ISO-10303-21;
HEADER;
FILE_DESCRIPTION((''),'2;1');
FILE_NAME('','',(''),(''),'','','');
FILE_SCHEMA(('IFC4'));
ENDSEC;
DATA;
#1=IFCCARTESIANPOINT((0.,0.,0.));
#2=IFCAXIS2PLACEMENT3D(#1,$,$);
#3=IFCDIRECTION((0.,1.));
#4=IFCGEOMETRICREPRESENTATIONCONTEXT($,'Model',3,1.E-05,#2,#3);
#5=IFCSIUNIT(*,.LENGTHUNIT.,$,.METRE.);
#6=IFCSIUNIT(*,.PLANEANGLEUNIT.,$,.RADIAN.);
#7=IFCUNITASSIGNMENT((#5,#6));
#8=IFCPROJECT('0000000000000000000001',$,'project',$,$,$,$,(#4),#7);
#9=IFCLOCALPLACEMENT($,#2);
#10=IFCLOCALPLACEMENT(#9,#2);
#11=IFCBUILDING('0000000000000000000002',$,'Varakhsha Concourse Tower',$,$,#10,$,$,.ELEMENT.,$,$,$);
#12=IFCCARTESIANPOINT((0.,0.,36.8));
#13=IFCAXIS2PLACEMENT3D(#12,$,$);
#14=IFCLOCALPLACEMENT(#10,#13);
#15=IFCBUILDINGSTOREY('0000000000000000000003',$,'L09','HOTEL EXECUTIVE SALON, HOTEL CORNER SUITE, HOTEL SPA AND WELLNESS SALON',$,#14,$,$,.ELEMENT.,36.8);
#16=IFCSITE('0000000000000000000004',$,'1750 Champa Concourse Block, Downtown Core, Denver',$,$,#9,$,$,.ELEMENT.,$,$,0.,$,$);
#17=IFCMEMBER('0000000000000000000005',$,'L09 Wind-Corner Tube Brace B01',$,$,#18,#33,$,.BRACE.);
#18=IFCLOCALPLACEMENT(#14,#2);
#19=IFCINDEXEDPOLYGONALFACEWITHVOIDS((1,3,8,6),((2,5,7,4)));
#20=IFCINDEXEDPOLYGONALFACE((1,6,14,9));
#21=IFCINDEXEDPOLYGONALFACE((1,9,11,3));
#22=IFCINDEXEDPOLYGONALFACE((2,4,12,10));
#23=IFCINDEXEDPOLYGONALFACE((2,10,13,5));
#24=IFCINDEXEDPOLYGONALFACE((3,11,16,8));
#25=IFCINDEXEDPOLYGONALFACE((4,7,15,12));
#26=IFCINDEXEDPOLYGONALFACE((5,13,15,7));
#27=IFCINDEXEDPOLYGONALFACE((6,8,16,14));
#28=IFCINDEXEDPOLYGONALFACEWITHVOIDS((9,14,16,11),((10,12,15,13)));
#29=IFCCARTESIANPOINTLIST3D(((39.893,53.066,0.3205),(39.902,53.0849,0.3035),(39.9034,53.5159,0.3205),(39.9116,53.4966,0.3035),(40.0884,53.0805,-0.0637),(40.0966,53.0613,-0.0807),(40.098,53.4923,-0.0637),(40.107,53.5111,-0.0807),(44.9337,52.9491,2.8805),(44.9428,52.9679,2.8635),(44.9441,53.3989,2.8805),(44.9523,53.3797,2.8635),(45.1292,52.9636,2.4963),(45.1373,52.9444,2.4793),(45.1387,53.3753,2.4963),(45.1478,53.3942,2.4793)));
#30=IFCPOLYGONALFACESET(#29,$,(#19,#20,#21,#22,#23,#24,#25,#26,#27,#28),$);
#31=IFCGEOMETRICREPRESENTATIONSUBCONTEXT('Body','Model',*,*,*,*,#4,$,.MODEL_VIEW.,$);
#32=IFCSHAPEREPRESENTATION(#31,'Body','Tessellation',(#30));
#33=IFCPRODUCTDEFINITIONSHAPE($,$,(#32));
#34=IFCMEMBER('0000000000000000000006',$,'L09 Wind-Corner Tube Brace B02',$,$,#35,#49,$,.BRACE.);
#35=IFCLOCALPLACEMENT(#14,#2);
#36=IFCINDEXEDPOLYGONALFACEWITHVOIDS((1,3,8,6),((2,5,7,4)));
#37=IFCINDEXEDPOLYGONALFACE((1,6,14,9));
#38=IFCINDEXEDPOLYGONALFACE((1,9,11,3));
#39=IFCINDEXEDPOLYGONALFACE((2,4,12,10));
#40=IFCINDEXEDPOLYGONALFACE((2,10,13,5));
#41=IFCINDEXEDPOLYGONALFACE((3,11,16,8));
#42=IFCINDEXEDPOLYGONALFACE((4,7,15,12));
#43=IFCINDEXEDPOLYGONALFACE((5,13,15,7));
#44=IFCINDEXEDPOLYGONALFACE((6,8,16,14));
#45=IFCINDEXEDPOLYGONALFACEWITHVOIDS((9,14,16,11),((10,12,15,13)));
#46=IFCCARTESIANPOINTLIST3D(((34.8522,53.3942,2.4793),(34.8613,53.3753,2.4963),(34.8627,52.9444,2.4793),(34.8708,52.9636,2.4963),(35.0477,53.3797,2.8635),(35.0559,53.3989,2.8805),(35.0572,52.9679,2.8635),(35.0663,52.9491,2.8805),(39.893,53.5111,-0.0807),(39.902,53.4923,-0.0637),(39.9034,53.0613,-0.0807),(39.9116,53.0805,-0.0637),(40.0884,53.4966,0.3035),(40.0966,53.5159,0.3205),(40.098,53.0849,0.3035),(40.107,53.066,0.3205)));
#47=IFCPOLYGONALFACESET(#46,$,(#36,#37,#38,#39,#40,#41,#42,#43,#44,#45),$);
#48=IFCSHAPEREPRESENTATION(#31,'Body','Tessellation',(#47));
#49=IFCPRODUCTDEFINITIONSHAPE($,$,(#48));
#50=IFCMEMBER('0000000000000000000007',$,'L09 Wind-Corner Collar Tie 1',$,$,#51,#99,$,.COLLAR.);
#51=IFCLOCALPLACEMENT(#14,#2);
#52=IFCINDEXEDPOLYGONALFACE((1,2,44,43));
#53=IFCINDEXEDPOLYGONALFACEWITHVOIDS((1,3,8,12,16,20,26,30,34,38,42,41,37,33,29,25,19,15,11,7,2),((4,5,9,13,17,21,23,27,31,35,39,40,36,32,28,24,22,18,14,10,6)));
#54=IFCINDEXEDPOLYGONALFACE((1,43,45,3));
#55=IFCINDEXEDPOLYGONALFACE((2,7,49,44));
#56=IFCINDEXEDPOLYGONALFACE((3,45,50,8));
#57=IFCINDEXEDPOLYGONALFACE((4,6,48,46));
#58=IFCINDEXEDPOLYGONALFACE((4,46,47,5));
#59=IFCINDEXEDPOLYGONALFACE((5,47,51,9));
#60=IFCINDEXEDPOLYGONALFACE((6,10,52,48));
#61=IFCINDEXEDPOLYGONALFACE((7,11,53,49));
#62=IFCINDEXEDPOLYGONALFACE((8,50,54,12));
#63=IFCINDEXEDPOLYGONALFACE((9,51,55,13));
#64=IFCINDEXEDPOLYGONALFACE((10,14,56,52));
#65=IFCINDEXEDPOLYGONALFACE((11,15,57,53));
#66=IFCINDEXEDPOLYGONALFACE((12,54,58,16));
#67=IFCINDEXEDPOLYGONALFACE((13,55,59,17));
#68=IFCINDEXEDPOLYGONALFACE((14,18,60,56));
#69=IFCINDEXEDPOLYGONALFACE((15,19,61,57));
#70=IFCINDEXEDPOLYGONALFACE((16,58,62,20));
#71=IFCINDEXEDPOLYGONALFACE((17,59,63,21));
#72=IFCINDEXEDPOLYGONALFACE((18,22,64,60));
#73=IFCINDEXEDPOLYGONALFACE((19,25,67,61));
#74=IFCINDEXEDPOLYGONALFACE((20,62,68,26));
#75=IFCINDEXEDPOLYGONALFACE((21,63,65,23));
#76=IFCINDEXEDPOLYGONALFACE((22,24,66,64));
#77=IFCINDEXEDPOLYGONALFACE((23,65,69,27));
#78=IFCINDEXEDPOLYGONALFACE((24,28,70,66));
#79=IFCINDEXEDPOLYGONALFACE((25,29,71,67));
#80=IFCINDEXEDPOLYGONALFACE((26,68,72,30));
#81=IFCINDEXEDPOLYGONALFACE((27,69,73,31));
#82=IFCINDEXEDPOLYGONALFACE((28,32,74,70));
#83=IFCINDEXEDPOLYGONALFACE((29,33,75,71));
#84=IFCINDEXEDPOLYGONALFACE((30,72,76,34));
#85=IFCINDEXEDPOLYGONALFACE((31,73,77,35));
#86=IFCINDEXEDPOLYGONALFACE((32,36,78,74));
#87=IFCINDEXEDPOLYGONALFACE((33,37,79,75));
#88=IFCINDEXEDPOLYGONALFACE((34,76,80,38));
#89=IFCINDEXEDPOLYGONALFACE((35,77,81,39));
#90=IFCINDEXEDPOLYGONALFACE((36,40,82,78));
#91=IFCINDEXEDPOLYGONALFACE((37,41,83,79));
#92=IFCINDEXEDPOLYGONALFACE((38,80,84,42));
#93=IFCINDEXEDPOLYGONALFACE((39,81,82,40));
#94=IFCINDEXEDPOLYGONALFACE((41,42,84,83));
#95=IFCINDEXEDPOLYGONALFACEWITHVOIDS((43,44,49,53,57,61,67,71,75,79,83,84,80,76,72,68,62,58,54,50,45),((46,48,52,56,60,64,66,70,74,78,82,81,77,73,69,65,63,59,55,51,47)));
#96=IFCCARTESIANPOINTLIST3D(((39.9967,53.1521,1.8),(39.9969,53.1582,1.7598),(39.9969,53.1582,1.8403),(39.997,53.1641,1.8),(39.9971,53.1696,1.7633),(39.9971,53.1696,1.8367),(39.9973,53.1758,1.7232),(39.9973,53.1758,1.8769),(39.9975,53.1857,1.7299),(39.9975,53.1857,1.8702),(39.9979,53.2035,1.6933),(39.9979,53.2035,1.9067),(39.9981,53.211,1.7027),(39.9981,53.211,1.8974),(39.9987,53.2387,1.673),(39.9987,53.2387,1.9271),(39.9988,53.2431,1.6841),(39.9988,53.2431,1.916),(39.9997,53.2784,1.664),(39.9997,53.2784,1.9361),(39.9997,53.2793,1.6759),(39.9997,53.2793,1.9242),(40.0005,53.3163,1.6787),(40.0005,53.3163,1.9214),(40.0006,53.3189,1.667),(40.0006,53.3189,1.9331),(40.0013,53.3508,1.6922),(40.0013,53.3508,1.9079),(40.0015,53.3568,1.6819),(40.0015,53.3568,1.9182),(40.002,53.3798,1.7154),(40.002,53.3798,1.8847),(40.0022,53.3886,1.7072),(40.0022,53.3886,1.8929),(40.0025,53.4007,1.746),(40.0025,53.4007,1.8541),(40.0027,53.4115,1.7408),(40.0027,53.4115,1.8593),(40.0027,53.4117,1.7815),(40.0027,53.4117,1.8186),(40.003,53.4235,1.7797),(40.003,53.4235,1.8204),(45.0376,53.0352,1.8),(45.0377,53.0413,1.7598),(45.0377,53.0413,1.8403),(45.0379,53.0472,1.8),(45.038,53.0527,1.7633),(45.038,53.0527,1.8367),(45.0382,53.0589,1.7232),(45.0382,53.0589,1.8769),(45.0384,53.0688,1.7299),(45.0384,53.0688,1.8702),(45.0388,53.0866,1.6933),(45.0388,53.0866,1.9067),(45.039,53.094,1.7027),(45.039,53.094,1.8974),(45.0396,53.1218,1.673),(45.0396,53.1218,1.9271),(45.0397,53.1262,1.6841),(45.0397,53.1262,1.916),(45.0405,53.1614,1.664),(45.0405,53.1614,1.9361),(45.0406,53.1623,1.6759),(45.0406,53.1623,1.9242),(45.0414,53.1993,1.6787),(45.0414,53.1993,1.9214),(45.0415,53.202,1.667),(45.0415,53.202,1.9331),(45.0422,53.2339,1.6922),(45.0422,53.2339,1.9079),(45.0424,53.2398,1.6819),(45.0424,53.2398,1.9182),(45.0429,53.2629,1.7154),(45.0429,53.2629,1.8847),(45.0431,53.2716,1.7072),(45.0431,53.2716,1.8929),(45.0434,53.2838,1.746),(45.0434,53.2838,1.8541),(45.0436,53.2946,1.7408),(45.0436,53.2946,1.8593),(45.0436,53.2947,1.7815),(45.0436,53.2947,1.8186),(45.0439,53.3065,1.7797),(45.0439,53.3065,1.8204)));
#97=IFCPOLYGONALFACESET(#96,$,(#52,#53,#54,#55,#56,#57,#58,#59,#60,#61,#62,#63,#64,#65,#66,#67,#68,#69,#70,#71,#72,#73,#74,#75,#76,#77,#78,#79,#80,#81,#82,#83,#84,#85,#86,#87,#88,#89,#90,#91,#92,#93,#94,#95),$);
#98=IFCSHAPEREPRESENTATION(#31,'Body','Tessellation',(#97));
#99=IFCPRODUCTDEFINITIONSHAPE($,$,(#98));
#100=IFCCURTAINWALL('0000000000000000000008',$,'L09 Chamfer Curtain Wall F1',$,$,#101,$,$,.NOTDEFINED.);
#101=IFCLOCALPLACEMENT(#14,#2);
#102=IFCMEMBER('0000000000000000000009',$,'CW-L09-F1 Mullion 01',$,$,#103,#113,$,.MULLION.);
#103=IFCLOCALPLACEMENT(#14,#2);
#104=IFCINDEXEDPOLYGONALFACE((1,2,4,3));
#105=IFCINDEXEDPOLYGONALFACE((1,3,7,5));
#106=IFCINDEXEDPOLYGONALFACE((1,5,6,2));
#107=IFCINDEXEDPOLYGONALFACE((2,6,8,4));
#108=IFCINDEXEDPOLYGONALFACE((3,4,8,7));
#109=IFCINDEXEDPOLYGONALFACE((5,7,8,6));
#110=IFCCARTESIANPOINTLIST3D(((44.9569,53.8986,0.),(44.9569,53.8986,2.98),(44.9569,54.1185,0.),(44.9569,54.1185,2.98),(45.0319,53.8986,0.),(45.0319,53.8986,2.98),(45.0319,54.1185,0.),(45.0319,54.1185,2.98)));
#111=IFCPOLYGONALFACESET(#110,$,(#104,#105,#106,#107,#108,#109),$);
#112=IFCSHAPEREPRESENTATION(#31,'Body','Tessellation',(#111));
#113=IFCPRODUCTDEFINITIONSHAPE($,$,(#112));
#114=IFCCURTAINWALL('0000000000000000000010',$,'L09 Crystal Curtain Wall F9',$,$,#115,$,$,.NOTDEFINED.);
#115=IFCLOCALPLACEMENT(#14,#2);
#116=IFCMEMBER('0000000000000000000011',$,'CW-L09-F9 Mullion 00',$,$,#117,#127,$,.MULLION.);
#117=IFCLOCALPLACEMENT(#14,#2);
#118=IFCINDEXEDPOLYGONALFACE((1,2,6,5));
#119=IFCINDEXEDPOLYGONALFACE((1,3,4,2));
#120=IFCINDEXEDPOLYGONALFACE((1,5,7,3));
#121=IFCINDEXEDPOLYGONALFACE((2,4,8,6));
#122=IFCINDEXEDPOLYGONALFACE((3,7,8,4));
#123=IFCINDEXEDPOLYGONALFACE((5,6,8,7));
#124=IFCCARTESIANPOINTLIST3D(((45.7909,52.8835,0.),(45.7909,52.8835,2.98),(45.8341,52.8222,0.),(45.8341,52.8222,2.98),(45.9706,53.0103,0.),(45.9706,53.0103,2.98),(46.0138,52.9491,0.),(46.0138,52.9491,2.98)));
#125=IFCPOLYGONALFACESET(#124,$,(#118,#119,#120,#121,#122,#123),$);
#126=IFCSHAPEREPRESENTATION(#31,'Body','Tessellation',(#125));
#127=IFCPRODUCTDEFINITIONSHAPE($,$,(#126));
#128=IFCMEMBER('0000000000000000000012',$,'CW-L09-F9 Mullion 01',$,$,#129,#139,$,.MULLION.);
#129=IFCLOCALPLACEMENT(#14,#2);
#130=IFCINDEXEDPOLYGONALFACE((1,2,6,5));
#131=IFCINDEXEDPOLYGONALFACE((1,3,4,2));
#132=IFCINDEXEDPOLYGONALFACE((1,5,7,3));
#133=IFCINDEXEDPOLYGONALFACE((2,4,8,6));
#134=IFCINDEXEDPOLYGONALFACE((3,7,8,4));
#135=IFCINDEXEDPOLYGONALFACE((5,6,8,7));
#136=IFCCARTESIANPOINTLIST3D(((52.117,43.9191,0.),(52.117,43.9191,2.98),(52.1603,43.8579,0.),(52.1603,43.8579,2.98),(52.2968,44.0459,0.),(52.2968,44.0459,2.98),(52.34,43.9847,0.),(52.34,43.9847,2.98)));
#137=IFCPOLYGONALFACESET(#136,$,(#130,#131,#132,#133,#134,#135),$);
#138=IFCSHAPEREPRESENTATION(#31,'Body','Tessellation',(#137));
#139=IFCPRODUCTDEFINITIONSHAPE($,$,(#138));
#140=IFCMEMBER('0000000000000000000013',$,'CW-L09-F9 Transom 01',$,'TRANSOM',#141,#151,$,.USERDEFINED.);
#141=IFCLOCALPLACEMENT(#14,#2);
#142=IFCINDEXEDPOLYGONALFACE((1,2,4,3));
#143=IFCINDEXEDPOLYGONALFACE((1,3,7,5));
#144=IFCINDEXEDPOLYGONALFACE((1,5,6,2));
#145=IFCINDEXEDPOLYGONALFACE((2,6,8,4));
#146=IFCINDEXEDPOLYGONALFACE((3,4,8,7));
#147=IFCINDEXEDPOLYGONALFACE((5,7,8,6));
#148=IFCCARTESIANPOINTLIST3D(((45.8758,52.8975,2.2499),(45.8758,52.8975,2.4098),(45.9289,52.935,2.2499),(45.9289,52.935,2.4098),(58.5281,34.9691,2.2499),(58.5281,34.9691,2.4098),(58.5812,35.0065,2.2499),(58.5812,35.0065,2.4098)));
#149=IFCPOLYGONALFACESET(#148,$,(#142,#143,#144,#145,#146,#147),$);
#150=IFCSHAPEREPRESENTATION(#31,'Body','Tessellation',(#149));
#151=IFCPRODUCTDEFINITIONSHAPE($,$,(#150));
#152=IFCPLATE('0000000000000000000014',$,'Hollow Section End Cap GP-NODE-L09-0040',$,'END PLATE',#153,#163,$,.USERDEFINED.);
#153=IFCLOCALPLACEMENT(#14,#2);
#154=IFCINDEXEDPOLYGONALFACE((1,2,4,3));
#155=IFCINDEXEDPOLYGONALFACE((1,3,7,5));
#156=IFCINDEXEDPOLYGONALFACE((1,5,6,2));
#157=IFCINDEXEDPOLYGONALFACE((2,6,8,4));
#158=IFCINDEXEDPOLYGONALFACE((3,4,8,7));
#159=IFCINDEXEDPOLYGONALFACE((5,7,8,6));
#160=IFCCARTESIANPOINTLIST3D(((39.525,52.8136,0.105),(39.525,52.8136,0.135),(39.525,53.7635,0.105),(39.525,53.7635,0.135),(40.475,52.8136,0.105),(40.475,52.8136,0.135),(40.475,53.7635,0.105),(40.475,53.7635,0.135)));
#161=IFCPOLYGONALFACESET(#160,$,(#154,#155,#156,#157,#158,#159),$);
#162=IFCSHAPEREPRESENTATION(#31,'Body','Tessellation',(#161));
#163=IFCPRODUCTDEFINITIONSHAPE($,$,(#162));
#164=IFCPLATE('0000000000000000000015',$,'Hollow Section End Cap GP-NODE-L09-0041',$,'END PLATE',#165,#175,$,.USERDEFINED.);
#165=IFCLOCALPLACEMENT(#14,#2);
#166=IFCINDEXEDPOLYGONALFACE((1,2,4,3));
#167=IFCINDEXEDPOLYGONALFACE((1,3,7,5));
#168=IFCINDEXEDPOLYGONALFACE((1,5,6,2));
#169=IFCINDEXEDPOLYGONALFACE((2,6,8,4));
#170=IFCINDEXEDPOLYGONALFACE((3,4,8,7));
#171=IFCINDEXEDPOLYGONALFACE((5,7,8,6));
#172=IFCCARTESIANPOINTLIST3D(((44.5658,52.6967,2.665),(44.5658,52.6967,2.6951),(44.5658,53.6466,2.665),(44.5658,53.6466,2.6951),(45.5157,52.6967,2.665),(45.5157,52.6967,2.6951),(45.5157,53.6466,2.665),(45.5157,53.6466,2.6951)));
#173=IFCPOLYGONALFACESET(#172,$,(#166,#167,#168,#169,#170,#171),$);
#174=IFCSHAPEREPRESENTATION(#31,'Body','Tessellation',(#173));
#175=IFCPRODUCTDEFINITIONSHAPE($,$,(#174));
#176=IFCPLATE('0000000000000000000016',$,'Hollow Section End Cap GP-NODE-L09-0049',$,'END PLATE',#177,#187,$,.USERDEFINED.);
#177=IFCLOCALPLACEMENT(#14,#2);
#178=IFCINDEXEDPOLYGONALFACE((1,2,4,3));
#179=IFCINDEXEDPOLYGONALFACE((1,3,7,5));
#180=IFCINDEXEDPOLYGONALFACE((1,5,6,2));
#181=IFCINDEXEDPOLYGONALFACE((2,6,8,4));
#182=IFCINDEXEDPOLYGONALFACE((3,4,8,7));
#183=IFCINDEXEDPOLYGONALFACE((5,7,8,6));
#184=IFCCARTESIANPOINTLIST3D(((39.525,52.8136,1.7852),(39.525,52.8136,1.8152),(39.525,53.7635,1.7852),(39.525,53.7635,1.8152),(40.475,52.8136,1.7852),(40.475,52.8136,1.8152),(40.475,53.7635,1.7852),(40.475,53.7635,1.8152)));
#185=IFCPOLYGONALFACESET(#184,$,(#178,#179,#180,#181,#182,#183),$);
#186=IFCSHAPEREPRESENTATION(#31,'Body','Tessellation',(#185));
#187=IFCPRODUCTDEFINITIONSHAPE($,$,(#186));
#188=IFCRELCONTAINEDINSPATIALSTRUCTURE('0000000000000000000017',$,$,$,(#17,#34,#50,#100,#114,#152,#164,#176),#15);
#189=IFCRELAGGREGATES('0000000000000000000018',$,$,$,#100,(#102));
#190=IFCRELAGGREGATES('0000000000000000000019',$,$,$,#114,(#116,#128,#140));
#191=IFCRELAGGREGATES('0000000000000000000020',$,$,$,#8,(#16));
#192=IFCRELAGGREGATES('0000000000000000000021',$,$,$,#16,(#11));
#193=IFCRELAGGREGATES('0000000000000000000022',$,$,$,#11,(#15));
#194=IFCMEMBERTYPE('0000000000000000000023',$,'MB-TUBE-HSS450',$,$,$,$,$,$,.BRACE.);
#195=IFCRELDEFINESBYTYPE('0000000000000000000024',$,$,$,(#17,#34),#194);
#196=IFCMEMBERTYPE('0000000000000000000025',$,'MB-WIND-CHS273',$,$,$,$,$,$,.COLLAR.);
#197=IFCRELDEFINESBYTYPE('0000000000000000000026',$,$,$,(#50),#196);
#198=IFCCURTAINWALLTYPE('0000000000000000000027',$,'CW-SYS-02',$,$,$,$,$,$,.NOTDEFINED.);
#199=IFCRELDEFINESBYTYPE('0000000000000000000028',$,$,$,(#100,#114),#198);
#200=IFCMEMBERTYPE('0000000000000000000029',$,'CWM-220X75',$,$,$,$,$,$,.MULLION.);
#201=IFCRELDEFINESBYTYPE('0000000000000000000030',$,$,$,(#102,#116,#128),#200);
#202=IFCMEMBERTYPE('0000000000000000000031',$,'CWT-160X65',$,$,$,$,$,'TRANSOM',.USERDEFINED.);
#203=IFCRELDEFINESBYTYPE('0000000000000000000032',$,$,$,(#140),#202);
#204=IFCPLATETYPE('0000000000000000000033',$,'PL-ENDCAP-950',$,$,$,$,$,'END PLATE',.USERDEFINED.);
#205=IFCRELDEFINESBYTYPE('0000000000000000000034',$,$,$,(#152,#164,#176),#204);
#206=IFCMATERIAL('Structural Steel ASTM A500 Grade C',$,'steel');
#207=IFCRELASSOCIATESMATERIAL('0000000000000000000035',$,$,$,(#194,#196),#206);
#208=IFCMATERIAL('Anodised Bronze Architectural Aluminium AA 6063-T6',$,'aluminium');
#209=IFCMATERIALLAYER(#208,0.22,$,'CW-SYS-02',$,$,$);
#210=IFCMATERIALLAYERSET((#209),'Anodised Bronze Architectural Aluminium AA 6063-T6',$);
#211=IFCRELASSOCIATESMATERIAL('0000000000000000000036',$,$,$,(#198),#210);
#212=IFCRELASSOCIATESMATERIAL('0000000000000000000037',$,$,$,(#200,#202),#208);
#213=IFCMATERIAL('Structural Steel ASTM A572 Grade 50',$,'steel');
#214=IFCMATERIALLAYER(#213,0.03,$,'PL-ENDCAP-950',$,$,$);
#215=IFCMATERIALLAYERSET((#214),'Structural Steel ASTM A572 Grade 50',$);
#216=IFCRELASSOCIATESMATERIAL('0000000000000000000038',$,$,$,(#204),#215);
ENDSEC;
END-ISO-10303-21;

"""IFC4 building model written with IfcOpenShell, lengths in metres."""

from ifc_helpers import new_model, si_unit, direction, frame, origin, origin_2d, place, context, subcontext, project, spatial, rectangle, hollow_rectangle, hollow_circle, extrude, source, transform, mapped, material, layer, layer_set, material_profile, profile_set, type_object, type_shapes, element, aggregate, save


model = new_model("IFC4")

# Units and contexts
model_context = context("Model", 3, precision=1e-05, world=origin(), true_north=direction((0.0, 1.0)))
body_context = subcontext(model_context, "Body", "Model", "MODEL_VIEW")
ifc_project = project(units=[si_unit("LENGTHUNIT", "METRE"), si_unit("PLANEANGLEUNIT", "RADIAN")], contexts=[model_context])

# Site, building, storey
site_placement = place(None, origin())
site = spatial("IfcSite", under=ifc_project, at=site_placement, Name="1750 Champa Concourse Block, Downtown Core, Denver", CompositionType="ELEMENT", RefElevation=0.0)
building_placement = place(site_placement, origin())
building = spatial("IfcBuilding", under=site, at=building_placement, Name="Varakhsha Concourse Tower", CompositionType="ELEMENT")
storey_placement = place(building_placement, frame((0.0, 0.0, 36.8)))
storey = spatial("IfcBuildingStorey", under=building, at=storey_placement, Name="L09", Description="HOTEL EXECUTIVE SALON, HOTEL CORNER SUITE, HOTEL SPA AND WELLNESS SALON", CompositionType="ELEMENT", Elevation=36.8)

# Shared definitions
ifc_material_1 = material(Name="Structural Steel ASTM A572 Grade 50", Category="steel")

# Members
ifc_material_2 = material(Name="Structural Steel ASTM A500 Grade C", Category="steel")
ifc_material_profile_1 = material_profile(ifc_material_2, hollow_rectangle(XDim=0.45, YDim=0.45, WallThickness=0.019, at=origin_2d()), Name="HSS 450x450x19")
ifc_profile_set_1 = profile_set([ifc_material_profile_1], Name="Structural Steel ASTM A500 Grade C")
member_type_1 = type_object("IfcMemberType", Name="MB-TUBE-HSS450", PredefinedType="BRACE", material=ifc_profile_set_1)
shared_shape_1 = source(origin(), body_context, "Body", "SweptSolid", [
    extrude(hollow_rectangle(XDim=0.45, YDim=0.45, WallThickness=0.019, at=origin_2d()), origin(), (0.0, 0.0, 1.0), 5.6548),
])
type_shapes(member_type_1, [shared_shape_1])
for number, where, z_axis, x_axis, name in (
    (1, (40.0, 53.2886, 0.1199), (0.891412, -0.02068, 0.452722), (0.023193, 0.999731, 0.0), "L09 Wind-Corner Tube Brace B01"),
    (2, (40.0, 53.2886, 0.1199), (-0.891412, -0.02068, 0.452722), (0.023193, -0.999731, 0.0), "L09 Wind-Corner Tube Brace B02"),
):
    element("IfcMember", number, at=place(storey_placement, frame(where, z_axis=z_axis, x_axis=x_axis)), inside=storey, type_object=member_type_1, Name=name, PredefinedType="BRACE", context=body_context, shape_type="MappedRepresentation", body=[
        mapped(shared_shape_1, transform((0.0, 0.0, 0.0), scale=1.0)),
    ])
ifc_material_profile_2 = material_profile(ifc_material_2, hollow_circle(Radius=0.1365, WallThickness=0.012, at=origin_2d()), Name="CHS 273x12")
ifc_profile_set_2 = profile_set([ifc_material_profile_2], Name="Structural Steel ASTM A500 Grade C")
member_type_2 = type_object("IfcMemberType", Name="MB-WIND-CHS273", PredefinedType="COLLAR", material=ifc_profile_set_2)
shared_shape_2 = source(origin(), body_context, "Body", "SweptSolid", [
    extrude(hollow_circle(Radius=0.1365, WallThickness=0.012, at=origin_2d()), origin(), (0.0, 0.0, 1.0), 5.0422),
])
type_shapes(member_type_2, [shared_shape_2])
member_1_placement = place(storey_placement, frame((45.0408, 53.1716, 1.8), z_axis=(-0.999731, 0.023193, 0.0), x_axis=(-0.023193, -0.999731, 0.0)))
element("IfcMember", 3, at=member_1_placement, inside=storey, type_object=member_type_2, Name="L09 Wind-Corner Collar Tie 1", PredefinedType="COLLAR", context=body_context, shape_type="MappedRepresentation", body=[
    mapped(shared_shape_2, transform((0.0, 0.0, 0.0), scale=1.0)),
])

# Curtain wall, member
ifc_material_3 = material(Name="Anodised Bronze Architectural Aluminium AA 6063-T6", Category="aluminium")
ifc_layer_1 = layer(ifc_material_3, 0.22, Name="CW-SYS-02")
ifc_layer_set_1 = layer_set([ifc_layer_1], Name="Anodised Bronze Architectural Aluminium AA 6063-T6")
curtain_wall_type = type_object("IfcCurtainWallType", Name="CW-SYS-02", PredefinedType="NOTDEFINED", material=ifc_layer_set_1)
curtain_wall_1_placement = place(storey_placement, origin())
curtain_wall_1 = element("IfcCurtainWall", 4, at=curtain_wall_1_placement, inside=storey, type_object=curtain_wall_type, Name="L09 Chamfer Curtain Wall F1", PredefinedType="NOTDEFINED")
ifc_material_profile_3 = material_profile(ifc_material_3, rectangle(XDim=0.075, YDim=0.22, at=origin_2d()), Name="CWM-220X75")
ifc_profile_set_3 = profile_set([ifc_material_profile_3], Name="Anodised Bronze Architectural Aluminium AA 6063-T6")
member_type_3 = type_object("IfcMemberType", Name="CWM-220X75", PredefinedType="MULLION", material=ifc_profile_set_3)
shared_shape_3 = source(origin(), body_context, "Body", "SweptSolid", [
    extrude(rectangle(XDim=0.075, YDim=0.22, at=origin_2d()), origin(), (0.0, 0.0, 1.0), 2.98),
])
type_shapes(member_type_3, [shared_shape_3])
member_2_placement = place(storey_placement, frame((44.9944, 54.0085, 0.0), z_axis=(0.0, 0.0, 1.0), x_axis=(1.0, 0.0, 0.0)))
member_2 = element("IfcMember", 5, at=member_2_placement, type_object=member_type_3, Name="CW-L09-F1 Mullion 01", PredefinedType="MULLION", context=body_context, shape_type="MappedRepresentation", body=[
    mapped(shared_shape_3, transform((0.0, 0.0, 0.0), scale=1.0)),
])

# Curtain wall, members
curtain_wall_2_placement = place(storey_placement, origin())
curtain_wall_2 = element("IfcCurtainWall", 6, at=curtain_wall_2_placement, inside=storey, type_object=curtain_wall_type, Name="L09 Crystal Curtain Wall F9", PredefinedType="NOTDEFINED")
member_3_placement = place(storey_placement, frame((45.9023, 52.9163, 0.0), z_axis=(0.0, 0.0, 1.0), x_axis=(0.576593, -0.817031, 0.0)))
member_3 = element("IfcMember", 7, at=member_3_placement, type_object=member_type_3, Name="CW-L09-F9 Mullion 00", PredefinedType="MULLION", context=body_context, shape_type="MappedRepresentation", body=[
    mapped(shared_shape_3, transform((0.0, 0.0, 0.0), scale=1.0)),
])
member_4_placement = place(storey_placement, frame((52.2285, 43.9519, 0.0), z_axis=(0.0, 0.0, 1.0), x_axis=(0.576593, -0.817031, 0.0)))
member_4 = element("IfcMember", 8, at=member_4_placement, type_object=member_type_3, Name="CW-L09-F9 Mullion 01", PredefinedType="MULLION", context=body_context, shape_type="MappedRepresentation", body=[
    mapped(shared_shape_3, transform((0.0, 0.0, 0.0), scale=1.0)),
])
ifc_material_profile_4 = material_profile(ifc_material_3, rectangle(XDim=0.0649, YDim=0.1599, at=origin_2d()), Name="CWT-160X65")
ifc_profile_set_4 = profile_set([ifc_material_profile_4], Name="Anodised Bronze Architectural Aluminium AA 6063-T6")
member_type_4 = type_object("IfcMemberType", Name="CWT-160X65", ElementType="TRANSOM", PredefinedType="USERDEFINED", material=ifc_profile_set_4)
shared_shape_4 = source(origin(), body_context, "Body", "SweptSolid", [
    extrude(rectangle(XDim=0.0649, YDim=0.1599, at=origin_2d()), origin(), (0.0, 0.0, 1.0), 21.9434),
])
type_shapes(member_type_4, [shared_shape_4])
member_5_placement = place(storey_placement, frame((45.9023, 52.9163, 2.3298), z_axis=(0.576591, -0.817033, 0.0), x_axis=(0.817033, 0.576591, 0.0)))
member_5 = element("IfcMember", 9, at=member_5_placement, type_object=member_type_4, Name="CW-L09-F9 Transom 01", ObjectType="TRANSOM", PredefinedType="USERDEFINED", context=body_context, shape_type="MappedRepresentation", body=[
    mapped(shared_shape_4, transform((0.0, 0.0, 0.0), scale=1.0)),
])

# Plates
ifc_layer_2 = layer(ifc_material_1, 0.03, Name="PL-ENDCAP-950")
ifc_layer_set_2 = layer_set([ifc_layer_2], Name="Structural Steel ASTM A572 Grade 50")
plate_type_1 = type_object("IfcPlateType", Name="PL-ENDCAP-950", ElementType="END PLATE", PredefinedType="USERDEFINED", material=ifc_layer_set_2)
shared_shape_5 = source(origin(), body_context, "Body", "SweptSolid", [
    extrude(rectangle(XDim=0.95, YDim=0.95, at=origin_2d()), origin(), (0.0, 0.0, 1.0), 0.03),
])
type_shapes(plate_type_1, [shared_shape_5])
for number, where, z_axis, x_axis, name in (
    (10, (40.0, 53.2886, 0.105), (0.0, 0.0, 1.0), (1.0, 0.0, 0.0), "Hollow Section End Cap GP-NODE-L09-0040"),
    (11, (45.0408, 53.1716, 2.665), (0.0, 0.0, 1.0), (1.0, 0.0, 0.0), "Hollow Section End Cap GP-NODE-L09-0041"),
    (12, (40.0, 53.2886, 1.7852), (0.0, 0.0, 1.0), (1.0, 0.0, 0.0), "Hollow Section End Cap GP-NODE-L09-0049"),
):
    element("IfcPlate", number, at=place(storey_placement, frame(where, z_axis=z_axis, x_axis=x_axis)), inside=storey, type_object=plate_type_1, Name=name, ObjectType="END PLATE", PredefinedType="USERDEFINED", context=body_context, shape_type="MappedRepresentation", body=[
        mapped(shared_shape_5, transform((0.0, 0.0, 0.0), scale=1.0)),
    ])

aggregate(curtain_wall_1, [member_2])
aggregate(curtain_wall_2, [member_3, member_4, member_5])

save(model, "model.ifc")
